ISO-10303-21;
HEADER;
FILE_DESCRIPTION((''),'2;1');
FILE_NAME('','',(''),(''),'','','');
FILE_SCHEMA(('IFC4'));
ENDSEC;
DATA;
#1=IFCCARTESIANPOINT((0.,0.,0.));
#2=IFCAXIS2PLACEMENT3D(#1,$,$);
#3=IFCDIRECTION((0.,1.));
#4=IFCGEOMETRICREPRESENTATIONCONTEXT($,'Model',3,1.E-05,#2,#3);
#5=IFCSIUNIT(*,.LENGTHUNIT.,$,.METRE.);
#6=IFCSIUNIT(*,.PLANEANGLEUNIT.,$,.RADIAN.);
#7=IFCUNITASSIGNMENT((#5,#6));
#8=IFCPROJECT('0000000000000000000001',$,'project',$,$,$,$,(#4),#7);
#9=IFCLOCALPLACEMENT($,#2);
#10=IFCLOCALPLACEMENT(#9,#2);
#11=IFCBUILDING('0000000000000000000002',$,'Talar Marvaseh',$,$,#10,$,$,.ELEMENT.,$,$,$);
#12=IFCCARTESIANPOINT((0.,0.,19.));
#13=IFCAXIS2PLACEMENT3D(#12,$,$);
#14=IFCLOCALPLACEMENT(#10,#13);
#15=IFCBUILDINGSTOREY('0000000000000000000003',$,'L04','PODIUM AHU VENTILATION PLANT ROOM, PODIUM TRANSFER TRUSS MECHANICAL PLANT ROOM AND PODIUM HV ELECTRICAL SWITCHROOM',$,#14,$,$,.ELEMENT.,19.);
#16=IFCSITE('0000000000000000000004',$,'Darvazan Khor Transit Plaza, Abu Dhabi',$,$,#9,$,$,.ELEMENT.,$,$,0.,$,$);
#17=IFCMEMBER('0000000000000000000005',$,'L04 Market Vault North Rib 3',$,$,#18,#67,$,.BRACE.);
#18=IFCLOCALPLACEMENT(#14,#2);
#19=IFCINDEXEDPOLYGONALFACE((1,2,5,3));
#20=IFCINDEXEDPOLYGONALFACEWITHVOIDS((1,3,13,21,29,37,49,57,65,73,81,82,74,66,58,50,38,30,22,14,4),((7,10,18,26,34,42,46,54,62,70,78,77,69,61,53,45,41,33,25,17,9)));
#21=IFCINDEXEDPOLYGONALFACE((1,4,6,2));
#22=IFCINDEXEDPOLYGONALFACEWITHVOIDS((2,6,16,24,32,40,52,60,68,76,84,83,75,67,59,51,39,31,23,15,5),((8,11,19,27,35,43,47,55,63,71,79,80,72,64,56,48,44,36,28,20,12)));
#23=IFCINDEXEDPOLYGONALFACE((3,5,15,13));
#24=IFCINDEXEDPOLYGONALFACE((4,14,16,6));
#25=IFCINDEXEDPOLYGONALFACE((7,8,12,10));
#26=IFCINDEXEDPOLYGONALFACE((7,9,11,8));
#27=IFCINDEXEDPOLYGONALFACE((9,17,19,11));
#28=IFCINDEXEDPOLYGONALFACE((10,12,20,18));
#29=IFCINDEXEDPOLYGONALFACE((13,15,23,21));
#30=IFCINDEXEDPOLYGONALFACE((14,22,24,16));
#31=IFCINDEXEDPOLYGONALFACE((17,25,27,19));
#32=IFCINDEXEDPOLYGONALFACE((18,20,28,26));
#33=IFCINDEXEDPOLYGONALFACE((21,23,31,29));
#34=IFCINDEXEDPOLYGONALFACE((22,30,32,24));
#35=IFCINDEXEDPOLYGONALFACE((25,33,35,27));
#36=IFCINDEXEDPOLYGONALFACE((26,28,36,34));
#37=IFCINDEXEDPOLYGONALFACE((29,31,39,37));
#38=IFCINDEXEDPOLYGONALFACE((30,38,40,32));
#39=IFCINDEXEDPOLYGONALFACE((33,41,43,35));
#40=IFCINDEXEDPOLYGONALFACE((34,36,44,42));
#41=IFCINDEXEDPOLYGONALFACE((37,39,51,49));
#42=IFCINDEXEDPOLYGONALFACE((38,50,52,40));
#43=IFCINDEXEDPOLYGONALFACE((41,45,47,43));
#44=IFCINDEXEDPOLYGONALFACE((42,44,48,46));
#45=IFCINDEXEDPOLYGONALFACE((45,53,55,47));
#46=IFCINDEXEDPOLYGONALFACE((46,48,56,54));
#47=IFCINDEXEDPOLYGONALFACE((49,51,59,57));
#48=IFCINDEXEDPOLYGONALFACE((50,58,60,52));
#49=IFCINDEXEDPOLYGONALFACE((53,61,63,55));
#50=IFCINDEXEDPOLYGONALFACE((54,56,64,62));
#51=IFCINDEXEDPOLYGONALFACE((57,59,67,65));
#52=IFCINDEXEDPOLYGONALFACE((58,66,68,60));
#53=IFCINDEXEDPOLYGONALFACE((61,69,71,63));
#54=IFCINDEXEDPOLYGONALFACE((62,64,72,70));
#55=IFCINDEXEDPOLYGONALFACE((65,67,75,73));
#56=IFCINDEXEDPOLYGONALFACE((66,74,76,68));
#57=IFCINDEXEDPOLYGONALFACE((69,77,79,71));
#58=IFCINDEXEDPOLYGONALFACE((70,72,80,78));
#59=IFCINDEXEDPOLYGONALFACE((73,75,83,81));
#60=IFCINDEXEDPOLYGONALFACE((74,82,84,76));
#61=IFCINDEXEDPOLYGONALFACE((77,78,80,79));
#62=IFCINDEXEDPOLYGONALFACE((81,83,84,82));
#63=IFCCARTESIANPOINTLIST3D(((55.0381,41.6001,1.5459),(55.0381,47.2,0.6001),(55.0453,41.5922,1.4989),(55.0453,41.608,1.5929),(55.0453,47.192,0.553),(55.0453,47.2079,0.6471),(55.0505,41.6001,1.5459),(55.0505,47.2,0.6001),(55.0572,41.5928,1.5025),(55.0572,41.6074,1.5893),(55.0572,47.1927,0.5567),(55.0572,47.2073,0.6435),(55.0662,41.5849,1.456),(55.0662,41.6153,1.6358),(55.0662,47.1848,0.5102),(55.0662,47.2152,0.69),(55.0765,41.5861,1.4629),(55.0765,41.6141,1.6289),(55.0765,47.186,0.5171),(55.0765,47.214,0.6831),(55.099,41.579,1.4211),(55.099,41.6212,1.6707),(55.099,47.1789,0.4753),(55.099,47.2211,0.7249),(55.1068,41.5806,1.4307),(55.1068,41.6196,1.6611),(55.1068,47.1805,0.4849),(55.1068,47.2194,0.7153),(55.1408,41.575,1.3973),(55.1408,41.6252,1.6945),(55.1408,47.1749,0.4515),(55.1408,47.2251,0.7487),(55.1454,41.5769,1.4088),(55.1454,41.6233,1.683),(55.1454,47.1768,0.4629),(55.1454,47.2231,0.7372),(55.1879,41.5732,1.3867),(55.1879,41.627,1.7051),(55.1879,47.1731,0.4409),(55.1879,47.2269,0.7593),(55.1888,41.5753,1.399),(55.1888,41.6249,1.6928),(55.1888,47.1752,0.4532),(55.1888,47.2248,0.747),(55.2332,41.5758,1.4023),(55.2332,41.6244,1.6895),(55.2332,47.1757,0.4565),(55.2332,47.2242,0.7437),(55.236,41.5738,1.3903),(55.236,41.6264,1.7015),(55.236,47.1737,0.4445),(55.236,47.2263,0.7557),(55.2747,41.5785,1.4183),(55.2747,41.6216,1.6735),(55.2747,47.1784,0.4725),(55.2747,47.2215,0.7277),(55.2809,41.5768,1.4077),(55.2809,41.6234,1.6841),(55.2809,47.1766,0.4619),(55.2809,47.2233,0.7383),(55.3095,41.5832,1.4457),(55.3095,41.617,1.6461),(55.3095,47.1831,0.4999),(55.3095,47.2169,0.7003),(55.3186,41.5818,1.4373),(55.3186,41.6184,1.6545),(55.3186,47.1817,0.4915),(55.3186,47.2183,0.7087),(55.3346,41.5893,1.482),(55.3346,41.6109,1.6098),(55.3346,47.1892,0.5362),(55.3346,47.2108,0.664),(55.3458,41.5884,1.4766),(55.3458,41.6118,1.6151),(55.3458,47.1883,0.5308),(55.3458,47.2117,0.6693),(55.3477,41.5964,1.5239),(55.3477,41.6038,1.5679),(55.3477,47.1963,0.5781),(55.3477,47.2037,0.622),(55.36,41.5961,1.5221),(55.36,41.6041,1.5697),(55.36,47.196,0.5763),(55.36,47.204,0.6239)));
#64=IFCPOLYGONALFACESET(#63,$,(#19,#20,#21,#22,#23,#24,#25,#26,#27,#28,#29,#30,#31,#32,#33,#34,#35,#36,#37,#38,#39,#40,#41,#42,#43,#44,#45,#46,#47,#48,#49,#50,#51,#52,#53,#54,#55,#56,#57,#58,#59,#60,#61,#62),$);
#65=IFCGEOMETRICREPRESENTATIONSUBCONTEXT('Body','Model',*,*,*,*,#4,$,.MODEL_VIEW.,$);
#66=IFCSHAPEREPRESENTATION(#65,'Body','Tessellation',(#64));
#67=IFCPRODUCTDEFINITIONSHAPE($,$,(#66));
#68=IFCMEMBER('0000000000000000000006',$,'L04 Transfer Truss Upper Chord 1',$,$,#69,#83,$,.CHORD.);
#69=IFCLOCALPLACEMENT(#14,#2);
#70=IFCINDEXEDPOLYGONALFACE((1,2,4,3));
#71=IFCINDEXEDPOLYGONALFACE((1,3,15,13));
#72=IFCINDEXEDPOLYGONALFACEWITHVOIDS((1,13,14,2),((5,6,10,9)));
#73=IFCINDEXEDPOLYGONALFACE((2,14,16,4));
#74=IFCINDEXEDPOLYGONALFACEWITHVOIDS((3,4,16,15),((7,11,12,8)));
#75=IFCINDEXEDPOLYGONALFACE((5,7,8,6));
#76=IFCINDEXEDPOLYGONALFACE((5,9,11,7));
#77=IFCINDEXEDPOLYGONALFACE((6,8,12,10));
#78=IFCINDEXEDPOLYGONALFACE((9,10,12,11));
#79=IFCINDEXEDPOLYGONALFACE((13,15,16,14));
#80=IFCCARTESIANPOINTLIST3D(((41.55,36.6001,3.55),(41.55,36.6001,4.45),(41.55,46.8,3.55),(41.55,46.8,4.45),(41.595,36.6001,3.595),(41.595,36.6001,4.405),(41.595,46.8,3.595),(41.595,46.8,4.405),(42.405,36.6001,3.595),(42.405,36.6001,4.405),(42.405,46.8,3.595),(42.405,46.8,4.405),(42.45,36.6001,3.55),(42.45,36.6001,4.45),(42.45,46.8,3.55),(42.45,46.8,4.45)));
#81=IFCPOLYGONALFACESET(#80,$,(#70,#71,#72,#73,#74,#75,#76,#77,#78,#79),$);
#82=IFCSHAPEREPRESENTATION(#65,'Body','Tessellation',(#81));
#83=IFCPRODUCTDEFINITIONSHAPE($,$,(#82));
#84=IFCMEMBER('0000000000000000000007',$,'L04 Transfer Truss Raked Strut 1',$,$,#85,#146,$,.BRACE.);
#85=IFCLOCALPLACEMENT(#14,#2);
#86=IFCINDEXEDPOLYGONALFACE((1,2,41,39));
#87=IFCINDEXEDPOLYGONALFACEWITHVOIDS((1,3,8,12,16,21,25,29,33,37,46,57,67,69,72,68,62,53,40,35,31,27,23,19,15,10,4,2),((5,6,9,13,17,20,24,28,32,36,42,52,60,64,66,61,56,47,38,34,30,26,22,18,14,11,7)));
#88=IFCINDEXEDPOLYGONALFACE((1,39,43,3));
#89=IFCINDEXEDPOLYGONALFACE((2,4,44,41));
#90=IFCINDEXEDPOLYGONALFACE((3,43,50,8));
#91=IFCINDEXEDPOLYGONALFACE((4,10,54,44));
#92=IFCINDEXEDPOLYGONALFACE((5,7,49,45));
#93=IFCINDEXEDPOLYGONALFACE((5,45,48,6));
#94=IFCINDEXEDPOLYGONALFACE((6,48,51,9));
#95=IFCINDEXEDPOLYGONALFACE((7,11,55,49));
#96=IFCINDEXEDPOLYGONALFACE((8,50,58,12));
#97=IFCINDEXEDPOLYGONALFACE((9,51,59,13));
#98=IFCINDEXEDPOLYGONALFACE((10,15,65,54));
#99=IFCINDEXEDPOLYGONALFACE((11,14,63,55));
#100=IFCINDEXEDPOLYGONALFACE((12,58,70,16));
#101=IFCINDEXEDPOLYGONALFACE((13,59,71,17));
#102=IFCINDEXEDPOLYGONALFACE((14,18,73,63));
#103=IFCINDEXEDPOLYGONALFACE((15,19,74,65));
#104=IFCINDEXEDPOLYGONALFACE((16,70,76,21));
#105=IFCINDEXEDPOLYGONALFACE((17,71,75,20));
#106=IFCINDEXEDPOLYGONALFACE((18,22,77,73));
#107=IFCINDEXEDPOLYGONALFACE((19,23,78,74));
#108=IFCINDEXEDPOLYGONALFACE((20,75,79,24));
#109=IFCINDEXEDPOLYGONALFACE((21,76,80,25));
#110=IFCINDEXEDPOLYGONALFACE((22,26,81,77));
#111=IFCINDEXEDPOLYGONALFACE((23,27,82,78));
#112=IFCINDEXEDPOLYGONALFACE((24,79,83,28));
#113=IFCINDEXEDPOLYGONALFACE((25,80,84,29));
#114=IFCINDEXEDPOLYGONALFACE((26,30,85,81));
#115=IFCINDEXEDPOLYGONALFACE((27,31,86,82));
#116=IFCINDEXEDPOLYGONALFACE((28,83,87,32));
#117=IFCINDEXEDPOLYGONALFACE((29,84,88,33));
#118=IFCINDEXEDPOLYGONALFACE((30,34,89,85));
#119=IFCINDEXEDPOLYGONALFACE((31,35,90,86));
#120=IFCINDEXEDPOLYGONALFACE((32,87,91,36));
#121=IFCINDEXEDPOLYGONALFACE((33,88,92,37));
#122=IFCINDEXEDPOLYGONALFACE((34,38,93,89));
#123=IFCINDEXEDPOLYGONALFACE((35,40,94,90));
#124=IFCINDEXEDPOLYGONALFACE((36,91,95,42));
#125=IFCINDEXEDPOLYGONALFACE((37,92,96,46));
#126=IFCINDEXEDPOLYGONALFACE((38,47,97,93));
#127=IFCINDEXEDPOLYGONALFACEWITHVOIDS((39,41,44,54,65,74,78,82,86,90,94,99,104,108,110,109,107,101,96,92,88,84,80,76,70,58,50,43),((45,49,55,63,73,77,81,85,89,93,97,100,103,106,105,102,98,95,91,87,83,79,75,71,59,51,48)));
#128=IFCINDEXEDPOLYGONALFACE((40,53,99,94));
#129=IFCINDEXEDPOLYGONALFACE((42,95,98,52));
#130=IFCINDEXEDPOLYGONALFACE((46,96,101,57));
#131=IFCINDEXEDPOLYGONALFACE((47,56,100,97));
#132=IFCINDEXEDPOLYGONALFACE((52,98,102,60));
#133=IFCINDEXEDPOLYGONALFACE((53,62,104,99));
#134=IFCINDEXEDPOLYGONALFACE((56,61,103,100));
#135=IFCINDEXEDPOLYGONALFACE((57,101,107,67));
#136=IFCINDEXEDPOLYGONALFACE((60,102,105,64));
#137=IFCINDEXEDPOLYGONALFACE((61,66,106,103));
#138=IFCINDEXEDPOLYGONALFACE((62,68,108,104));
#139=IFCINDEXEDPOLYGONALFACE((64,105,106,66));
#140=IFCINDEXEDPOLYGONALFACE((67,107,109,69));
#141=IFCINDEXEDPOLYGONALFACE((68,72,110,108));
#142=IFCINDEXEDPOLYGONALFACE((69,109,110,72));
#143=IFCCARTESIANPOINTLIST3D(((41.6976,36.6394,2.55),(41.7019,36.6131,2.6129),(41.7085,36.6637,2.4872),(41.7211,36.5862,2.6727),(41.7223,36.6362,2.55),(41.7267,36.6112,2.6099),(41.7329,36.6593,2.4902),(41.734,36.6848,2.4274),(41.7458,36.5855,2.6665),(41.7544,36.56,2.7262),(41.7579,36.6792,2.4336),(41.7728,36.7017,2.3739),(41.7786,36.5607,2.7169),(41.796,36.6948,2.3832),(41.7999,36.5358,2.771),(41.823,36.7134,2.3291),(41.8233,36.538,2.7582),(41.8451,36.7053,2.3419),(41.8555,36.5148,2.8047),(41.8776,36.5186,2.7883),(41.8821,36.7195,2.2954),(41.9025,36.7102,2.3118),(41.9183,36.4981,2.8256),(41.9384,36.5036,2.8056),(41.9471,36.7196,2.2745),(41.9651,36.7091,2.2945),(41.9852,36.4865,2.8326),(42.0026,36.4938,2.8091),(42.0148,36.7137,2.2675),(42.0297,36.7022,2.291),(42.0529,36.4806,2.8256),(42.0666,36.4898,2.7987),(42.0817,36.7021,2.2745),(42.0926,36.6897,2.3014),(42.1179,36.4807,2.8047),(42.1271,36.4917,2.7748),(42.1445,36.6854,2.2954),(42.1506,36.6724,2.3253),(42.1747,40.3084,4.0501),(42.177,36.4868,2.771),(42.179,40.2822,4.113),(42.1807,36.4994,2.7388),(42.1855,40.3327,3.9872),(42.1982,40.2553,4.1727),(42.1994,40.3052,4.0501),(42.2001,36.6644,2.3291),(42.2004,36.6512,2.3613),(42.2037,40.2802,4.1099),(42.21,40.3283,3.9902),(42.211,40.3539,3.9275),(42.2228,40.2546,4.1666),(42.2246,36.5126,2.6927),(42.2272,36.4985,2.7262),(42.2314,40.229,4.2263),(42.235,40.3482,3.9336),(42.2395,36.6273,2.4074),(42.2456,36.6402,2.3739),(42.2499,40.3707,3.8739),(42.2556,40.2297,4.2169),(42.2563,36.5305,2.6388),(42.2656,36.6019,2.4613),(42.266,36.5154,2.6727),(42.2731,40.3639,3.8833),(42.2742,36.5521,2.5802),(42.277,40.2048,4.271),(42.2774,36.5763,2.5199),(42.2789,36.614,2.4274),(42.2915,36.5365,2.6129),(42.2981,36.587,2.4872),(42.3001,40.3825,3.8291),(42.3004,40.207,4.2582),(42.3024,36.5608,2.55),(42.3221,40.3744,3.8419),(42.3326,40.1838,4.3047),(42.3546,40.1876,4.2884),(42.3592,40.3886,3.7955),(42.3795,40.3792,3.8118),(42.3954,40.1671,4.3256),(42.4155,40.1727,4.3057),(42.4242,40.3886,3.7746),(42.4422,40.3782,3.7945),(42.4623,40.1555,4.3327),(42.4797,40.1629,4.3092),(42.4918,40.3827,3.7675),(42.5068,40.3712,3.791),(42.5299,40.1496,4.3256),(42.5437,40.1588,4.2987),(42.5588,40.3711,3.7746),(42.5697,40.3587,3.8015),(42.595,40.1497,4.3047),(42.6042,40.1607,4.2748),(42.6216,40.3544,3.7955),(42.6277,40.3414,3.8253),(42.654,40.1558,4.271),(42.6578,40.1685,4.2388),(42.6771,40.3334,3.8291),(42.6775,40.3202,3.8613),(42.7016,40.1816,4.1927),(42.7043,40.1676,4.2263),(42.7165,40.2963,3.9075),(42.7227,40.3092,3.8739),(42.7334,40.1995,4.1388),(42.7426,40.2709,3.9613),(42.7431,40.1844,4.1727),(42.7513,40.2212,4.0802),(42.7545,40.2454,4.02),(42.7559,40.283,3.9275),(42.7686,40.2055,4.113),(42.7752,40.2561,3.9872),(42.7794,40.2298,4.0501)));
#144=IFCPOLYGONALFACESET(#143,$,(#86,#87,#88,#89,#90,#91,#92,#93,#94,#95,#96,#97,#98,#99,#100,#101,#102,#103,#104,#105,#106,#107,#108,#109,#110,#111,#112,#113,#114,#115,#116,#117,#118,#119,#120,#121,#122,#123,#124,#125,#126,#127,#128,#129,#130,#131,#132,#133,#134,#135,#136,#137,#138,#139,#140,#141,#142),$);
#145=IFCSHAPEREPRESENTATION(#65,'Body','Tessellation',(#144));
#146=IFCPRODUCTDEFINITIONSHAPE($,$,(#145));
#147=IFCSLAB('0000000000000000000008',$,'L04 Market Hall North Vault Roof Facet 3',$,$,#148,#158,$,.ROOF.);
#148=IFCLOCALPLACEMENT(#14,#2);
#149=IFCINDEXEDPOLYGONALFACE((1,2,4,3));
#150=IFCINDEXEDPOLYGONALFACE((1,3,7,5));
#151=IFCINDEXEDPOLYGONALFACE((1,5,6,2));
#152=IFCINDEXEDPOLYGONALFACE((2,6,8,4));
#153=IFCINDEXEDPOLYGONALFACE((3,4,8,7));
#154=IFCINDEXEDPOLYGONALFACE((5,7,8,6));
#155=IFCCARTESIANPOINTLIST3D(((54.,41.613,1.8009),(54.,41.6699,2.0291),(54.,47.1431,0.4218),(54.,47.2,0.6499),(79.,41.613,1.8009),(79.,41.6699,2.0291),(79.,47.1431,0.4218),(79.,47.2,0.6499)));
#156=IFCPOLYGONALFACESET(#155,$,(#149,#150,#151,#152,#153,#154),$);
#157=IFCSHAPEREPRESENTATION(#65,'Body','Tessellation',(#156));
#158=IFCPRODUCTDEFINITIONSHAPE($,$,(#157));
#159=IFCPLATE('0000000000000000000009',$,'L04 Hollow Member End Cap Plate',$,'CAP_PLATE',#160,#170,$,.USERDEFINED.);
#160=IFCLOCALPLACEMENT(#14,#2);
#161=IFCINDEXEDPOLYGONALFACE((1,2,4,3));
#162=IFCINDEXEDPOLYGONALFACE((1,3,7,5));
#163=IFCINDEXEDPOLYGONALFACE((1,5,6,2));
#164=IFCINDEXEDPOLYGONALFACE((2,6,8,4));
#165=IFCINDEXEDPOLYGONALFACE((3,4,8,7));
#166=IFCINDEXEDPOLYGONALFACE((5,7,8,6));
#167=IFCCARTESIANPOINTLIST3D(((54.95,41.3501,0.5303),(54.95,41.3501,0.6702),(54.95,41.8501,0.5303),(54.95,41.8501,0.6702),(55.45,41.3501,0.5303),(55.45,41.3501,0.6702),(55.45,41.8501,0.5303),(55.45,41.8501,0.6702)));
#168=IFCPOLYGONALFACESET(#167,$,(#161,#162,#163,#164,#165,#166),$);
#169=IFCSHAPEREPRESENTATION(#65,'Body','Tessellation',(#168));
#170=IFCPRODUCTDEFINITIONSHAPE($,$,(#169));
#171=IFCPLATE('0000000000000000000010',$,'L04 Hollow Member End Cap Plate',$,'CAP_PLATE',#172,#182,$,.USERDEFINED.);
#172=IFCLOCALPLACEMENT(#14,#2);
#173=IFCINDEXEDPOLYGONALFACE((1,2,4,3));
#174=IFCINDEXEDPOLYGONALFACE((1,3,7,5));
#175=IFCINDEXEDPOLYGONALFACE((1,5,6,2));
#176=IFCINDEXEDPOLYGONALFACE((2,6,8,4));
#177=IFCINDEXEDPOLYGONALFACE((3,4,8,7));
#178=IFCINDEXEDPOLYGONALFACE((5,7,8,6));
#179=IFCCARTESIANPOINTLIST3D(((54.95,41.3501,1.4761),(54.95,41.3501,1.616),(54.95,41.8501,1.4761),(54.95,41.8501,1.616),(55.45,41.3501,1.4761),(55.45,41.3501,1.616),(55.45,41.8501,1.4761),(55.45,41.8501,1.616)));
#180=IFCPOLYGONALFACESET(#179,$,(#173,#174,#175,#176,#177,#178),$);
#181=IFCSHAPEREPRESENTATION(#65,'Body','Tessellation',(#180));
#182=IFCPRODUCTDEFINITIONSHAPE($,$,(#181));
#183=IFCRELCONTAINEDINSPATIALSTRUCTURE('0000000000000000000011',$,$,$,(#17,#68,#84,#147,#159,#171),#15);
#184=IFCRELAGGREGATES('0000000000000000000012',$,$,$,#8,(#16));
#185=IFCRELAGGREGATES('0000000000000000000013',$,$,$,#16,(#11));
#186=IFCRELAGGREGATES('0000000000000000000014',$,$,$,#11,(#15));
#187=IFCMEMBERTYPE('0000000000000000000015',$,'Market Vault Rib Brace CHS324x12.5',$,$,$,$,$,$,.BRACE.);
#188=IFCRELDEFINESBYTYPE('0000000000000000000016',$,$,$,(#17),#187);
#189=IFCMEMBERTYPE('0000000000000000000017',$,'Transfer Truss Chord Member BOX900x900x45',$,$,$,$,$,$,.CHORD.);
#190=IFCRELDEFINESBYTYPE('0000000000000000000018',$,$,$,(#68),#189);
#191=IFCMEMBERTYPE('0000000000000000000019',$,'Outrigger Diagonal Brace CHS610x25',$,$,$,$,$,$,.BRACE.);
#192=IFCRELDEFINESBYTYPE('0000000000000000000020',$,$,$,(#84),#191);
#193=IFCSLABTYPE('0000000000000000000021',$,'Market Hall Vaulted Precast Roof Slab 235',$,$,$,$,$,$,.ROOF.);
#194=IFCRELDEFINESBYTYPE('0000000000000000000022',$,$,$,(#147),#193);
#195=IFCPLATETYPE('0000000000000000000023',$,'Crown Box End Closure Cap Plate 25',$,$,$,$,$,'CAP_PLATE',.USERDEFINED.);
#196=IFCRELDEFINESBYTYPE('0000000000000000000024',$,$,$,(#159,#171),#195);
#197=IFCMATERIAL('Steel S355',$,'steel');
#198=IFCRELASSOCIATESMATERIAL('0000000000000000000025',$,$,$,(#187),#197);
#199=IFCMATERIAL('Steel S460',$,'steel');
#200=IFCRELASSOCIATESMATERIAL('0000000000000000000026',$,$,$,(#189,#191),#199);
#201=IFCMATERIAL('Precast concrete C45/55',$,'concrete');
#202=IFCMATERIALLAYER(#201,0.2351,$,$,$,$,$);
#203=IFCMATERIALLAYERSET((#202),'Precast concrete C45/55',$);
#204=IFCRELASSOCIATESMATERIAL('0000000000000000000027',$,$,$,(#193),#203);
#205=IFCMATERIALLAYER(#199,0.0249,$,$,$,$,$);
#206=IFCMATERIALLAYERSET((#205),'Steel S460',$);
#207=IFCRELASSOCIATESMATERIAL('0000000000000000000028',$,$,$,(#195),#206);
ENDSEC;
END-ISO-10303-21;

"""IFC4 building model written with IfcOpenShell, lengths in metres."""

from ifc_helpers import new_model, si_unit, direction, frame, origin, origin_2d, place, context, subcontext, project, spatial, polyline, rectangle, hollow_rectangle, hollow_circle, outline, extrude, source, transform, mapped, material, layer, layer_set, material_profile, profile_set, type_object, type_shapes, element, save


model = new_model("IFC4")

# Units and contexts
model_context = context("Model", 3, precision=1e-05, world=origin(), true_north=direction((0.0, 1.0)))
body_context = subcontext(model_context, "Body", "Model", "MODEL_VIEW")
ifc_project = project(units=[si_unit("LENGTHUNIT", "METRE"), si_unit("PLANEANGLEUNIT", "RADIAN")], contexts=[model_context])

# Site, building, storey
site_placement = place(None, origin())
site = spatial("IfcSite", under=ifc_project, at=site_placement, Name="Darvazan Khor Transit Plaza, Abu Dhabi", CompositionType="ELEMENT", RefElevation=0.0)
building_placement = place(site_placement, origin())
building = spatial("IfcBuilding", under=site, at=building_placement, Name="Talar Marvaseh", CompositionType="ELEMENT")
storey_placement = place(building_placement, frame((0.0, 0.0, 19.0)))
storey = spatial("IfcBuildingStorey", under=building, at=storey_placement, Name="L04", Description="PODIUM AHU VENTILATION PLANT ROOM, PODIUM TRANSFER TRUSS MECHANICAL PLANT ROOM AND PODIUM HV ELECTRICAL SWITCHROOM", CompositionType="ELEMENT", Elevation=19.0)

# Shared definitions
ifc_material_1 = material(Name="Steel S460", Category="steel")

# Members
ifc_material_2 = material(Name="Steel S355", Category="steel")
ifc_material_profile_1 = material_profile(ifc_material_2, hollow_circle(Radius=0.1619, WallThickness=0.0125, at=origin_2d()), Name="CHS324x12.5")
ifc_profile_set_1 = profile_set([ifc_material_profile_1], Name="Steel S355")
member_type_1 = type_object("IfcMemberType", Name="Market Vault Rib Brace CHS324x12.5", PredefinedType="BRACE", material=ifc_profile_set_1)
shared_shape_1 = source(origin(), body_context, "Body", "SweptSolid", [
    extrude(hollow_circle(Radius=0.1619, WallThickness=0.0125, at=origin_2d()), origin(), (0.0, 0.0, 1.0), 5.6792),
])
type_shapes(member_type_1, [shared_shape_1])
member_1_placement = place(storey_placement, frame((55.2, 41.6001, 1.5459), z_axis=(0.0, 0.986035, -0.166539), x_axis=(-1.0, 0.0, 0.0)))
element("IfcMember", 1, at=member_1_placement, inside=storey, type_object=member_type_1, Name="L04 Market Vault North Rib 3", PredefinedType="BRACE", context=body_context, shape_type="MappedRepresentation", body=[
    mapped(shared_shape_1, transform((0.0, 0.0, 0.0), x_axis=(1.0, 0.0, 0.0), y_axis=(0.0, 1.0, 0.0), z_axis=(0.0, 0.0, 1.0), scale=1.0)),
])
ifc_material_profile_2 = material_profile(ifc_material_1, hollow_rectangle(XDim=0.8999, YDim=0.8999, WallThickness=0.0449, at=origin_2d()), Name="BOX900x900x45")
ifc_profile_set_2 = profile_set([ifc_material_profile_2], Name="Steel S460")
member_type_2 = type_object("IfcMemberType", Name="Transfer Truss Chord Member BOX900x900x45", PredefinedType="CHORD", material=ifc_profile_set_2)
shared_shape_2 = source(origin(), body_context, "Body", "SweptSolid", [
    extrude(hollow_rectangle(XDim=0.8999, YDim=0.8999, WallThickness=0.0449, at=origin_2d()), origin(), (0.0, 0.0, 1.0), 10.2),
])
type_shapes(member_type_2, [shared_shape_2])
member_2_placement = place(storey_placement, frame((42.0, 36.6001, 4.0), z_axis=(0.0, 1.0, 0.0), x_axis=(-1.0, 0.0, 0.0)))
element("IfcMember", 2, at=member_2_placement, inside=storey, type_object=member_type_2, Name="L04 Transfer Truss Upper Chord 1", PredefinedType="CHORD", context=body_context, shape_type="MappedRepresentation", body=[
    mapped(shared_shape_2, transform((0.0, 0.0, 0.0), x_axis=(1.0, 0.0, 0.0), y_axis=(0.0, 1.0, 0.0), z_axis=(0.0, 0.0, 1.0), scale=1.0)),
])
ifc_material_profile_3 = material_profile(ifc_material_1, hollow_circle(Radius=0.3049, WallThickness=0.0249, at=origin_2d()), Name="CHS610x25")
ifc_profile_set_3 = profile_set([ifc_material_profile_3], Name="Steel S460")
member_type_3 = type_object("IfcMemberType", Name="Outrigger Diagonal Brace CHS610x25", PredefinedType="BRACE", material=ifc_profile_set_3)
shared_shape_3 = source(origin(), body_context, "Body", "SweptSolid", [
    extrude(hollow_circle(Radius=0.3049, WallThickness=0.0249, at=origin_2d()), origin(), (0.0, 0.0, 1.0), 3.9924),
])
type_shapes(member_type_3, [shared_shape_3])
member_3_placement = place(storey_placement, frame((42.0, 36.6001, 2.55), z_axis=(0.119492, 0.918997, 0.37572), x_axis=(-0.991653, 0.128939, 0.0)))
element("IfcMember", 3, at=member_3_placement, inside=storey, type_object=member_type_3, Name="L04 Transfer Truss Raked Strut 1", PredefinedType="BRACE", context=body_context, shape_type="MappedRepresentation", body=[
    mapped(shared_shape_3, transform((0.0, 0.0, 0.0), x_axis=(1.0, 0.0, 0.0), y_axis=(0.0, 1.0, 0.0), z_axis=(0.0, 0.0, 1.0), scale=1.0)),
])

# Slab
ifc_material_3 = material(Name="Precast concrete C45/55", Category="concrete")
ifc_layer_1 = layer(ifc_material_3, 0.2351)
ifc_layer_set_1 = layer_set([ifc_layer_1], Name="Precast concrete C45/55")
slab_type = type_object("IfcSlabType", Name="Market Hall Vaulted Precast Roof Slab 235", PredefinedType="ROOF", material=ifc_layer_set_1)
slab_placement = place(storey_placement, frame((54.0, 41.6699, 2.0291), z_axis=(0.0, 0.241981, 0.970281), x_axis=(1.0, 0.0, 0.0)))
element("IfcSlab", 4, at=slab_placement, inside=storey, type_object=slab_type, Name="L04 Market Hall North Vault Roof Facet 3", PredefinedType="ROOF", context=body_context, shape_type="SweptSolid", body=[
    extrude(outline(polyline([(0.0, 0.0), (25.0, 0.0), (25.0, 5.6994), (0.0, 5.6994), (0.0, 0.0)])), origin(), (0.0, 0.0, -1.0), 0.2351),
])

# Plates
ifc_layer_2 = layer(ifc_material_1, 0.0249)
ifc_layer_set_2 = layer_set([ifc_layer_2], Name="Steel S460")
plate_type_1 = type_object("IfcPlateType", Name="Crown Box End Closure Cap Plate 25", ElementType="CAP_PLATE", PredefinedType="USERDEFINED", material=ifc_layer_set_2)
shared_shape_4 = source(origin(), body_context, "Body", "SweptSolid", [
    extrude(rectangle(XDim=0.5, YDim=0.5, at=origin_2d()), origin(), (0.0, 0.0, 1.0), 0.1399),
])
type_shapes(plate_type_1, [shared_shape_4])
for number, where, z_axis, x_axis, name in (
    (5, (55.2, 41.6001, 0.5303), (0.0, 0.0, 1.0), (1.0, 0.0, 0.0), "L04 Hollow Member End Cap Plate"),
    (6, (55.2, 41.6001, 1.4761), (0.0, 0.0, 1.0), (1.0, 0.0, 0.0), "L04 Hollow Member End Cap Plate"),
):
    element("IfcPlate", number, at=place(storey_placement, frame(where, z_axis=z_axis, x_axis=x_axis)), inside=storey, type_object=plate_type_1, Name=name, ObjectType="CAP_PLATE", PredefinedType="USERDEFINED", context=body_context, shape_type="MappedRepresentation", body=[
        mapped(shared_shape_4, transform((0.0, 0.0, 0.0), x_axis=(1.0, 0.0, 0.0), y_axis=(0.0, 1.0, 0.0), z_axis=(0.0, 0.0, 1.0), scale=1.0)),
    ])

save(model, "model.ifc")
